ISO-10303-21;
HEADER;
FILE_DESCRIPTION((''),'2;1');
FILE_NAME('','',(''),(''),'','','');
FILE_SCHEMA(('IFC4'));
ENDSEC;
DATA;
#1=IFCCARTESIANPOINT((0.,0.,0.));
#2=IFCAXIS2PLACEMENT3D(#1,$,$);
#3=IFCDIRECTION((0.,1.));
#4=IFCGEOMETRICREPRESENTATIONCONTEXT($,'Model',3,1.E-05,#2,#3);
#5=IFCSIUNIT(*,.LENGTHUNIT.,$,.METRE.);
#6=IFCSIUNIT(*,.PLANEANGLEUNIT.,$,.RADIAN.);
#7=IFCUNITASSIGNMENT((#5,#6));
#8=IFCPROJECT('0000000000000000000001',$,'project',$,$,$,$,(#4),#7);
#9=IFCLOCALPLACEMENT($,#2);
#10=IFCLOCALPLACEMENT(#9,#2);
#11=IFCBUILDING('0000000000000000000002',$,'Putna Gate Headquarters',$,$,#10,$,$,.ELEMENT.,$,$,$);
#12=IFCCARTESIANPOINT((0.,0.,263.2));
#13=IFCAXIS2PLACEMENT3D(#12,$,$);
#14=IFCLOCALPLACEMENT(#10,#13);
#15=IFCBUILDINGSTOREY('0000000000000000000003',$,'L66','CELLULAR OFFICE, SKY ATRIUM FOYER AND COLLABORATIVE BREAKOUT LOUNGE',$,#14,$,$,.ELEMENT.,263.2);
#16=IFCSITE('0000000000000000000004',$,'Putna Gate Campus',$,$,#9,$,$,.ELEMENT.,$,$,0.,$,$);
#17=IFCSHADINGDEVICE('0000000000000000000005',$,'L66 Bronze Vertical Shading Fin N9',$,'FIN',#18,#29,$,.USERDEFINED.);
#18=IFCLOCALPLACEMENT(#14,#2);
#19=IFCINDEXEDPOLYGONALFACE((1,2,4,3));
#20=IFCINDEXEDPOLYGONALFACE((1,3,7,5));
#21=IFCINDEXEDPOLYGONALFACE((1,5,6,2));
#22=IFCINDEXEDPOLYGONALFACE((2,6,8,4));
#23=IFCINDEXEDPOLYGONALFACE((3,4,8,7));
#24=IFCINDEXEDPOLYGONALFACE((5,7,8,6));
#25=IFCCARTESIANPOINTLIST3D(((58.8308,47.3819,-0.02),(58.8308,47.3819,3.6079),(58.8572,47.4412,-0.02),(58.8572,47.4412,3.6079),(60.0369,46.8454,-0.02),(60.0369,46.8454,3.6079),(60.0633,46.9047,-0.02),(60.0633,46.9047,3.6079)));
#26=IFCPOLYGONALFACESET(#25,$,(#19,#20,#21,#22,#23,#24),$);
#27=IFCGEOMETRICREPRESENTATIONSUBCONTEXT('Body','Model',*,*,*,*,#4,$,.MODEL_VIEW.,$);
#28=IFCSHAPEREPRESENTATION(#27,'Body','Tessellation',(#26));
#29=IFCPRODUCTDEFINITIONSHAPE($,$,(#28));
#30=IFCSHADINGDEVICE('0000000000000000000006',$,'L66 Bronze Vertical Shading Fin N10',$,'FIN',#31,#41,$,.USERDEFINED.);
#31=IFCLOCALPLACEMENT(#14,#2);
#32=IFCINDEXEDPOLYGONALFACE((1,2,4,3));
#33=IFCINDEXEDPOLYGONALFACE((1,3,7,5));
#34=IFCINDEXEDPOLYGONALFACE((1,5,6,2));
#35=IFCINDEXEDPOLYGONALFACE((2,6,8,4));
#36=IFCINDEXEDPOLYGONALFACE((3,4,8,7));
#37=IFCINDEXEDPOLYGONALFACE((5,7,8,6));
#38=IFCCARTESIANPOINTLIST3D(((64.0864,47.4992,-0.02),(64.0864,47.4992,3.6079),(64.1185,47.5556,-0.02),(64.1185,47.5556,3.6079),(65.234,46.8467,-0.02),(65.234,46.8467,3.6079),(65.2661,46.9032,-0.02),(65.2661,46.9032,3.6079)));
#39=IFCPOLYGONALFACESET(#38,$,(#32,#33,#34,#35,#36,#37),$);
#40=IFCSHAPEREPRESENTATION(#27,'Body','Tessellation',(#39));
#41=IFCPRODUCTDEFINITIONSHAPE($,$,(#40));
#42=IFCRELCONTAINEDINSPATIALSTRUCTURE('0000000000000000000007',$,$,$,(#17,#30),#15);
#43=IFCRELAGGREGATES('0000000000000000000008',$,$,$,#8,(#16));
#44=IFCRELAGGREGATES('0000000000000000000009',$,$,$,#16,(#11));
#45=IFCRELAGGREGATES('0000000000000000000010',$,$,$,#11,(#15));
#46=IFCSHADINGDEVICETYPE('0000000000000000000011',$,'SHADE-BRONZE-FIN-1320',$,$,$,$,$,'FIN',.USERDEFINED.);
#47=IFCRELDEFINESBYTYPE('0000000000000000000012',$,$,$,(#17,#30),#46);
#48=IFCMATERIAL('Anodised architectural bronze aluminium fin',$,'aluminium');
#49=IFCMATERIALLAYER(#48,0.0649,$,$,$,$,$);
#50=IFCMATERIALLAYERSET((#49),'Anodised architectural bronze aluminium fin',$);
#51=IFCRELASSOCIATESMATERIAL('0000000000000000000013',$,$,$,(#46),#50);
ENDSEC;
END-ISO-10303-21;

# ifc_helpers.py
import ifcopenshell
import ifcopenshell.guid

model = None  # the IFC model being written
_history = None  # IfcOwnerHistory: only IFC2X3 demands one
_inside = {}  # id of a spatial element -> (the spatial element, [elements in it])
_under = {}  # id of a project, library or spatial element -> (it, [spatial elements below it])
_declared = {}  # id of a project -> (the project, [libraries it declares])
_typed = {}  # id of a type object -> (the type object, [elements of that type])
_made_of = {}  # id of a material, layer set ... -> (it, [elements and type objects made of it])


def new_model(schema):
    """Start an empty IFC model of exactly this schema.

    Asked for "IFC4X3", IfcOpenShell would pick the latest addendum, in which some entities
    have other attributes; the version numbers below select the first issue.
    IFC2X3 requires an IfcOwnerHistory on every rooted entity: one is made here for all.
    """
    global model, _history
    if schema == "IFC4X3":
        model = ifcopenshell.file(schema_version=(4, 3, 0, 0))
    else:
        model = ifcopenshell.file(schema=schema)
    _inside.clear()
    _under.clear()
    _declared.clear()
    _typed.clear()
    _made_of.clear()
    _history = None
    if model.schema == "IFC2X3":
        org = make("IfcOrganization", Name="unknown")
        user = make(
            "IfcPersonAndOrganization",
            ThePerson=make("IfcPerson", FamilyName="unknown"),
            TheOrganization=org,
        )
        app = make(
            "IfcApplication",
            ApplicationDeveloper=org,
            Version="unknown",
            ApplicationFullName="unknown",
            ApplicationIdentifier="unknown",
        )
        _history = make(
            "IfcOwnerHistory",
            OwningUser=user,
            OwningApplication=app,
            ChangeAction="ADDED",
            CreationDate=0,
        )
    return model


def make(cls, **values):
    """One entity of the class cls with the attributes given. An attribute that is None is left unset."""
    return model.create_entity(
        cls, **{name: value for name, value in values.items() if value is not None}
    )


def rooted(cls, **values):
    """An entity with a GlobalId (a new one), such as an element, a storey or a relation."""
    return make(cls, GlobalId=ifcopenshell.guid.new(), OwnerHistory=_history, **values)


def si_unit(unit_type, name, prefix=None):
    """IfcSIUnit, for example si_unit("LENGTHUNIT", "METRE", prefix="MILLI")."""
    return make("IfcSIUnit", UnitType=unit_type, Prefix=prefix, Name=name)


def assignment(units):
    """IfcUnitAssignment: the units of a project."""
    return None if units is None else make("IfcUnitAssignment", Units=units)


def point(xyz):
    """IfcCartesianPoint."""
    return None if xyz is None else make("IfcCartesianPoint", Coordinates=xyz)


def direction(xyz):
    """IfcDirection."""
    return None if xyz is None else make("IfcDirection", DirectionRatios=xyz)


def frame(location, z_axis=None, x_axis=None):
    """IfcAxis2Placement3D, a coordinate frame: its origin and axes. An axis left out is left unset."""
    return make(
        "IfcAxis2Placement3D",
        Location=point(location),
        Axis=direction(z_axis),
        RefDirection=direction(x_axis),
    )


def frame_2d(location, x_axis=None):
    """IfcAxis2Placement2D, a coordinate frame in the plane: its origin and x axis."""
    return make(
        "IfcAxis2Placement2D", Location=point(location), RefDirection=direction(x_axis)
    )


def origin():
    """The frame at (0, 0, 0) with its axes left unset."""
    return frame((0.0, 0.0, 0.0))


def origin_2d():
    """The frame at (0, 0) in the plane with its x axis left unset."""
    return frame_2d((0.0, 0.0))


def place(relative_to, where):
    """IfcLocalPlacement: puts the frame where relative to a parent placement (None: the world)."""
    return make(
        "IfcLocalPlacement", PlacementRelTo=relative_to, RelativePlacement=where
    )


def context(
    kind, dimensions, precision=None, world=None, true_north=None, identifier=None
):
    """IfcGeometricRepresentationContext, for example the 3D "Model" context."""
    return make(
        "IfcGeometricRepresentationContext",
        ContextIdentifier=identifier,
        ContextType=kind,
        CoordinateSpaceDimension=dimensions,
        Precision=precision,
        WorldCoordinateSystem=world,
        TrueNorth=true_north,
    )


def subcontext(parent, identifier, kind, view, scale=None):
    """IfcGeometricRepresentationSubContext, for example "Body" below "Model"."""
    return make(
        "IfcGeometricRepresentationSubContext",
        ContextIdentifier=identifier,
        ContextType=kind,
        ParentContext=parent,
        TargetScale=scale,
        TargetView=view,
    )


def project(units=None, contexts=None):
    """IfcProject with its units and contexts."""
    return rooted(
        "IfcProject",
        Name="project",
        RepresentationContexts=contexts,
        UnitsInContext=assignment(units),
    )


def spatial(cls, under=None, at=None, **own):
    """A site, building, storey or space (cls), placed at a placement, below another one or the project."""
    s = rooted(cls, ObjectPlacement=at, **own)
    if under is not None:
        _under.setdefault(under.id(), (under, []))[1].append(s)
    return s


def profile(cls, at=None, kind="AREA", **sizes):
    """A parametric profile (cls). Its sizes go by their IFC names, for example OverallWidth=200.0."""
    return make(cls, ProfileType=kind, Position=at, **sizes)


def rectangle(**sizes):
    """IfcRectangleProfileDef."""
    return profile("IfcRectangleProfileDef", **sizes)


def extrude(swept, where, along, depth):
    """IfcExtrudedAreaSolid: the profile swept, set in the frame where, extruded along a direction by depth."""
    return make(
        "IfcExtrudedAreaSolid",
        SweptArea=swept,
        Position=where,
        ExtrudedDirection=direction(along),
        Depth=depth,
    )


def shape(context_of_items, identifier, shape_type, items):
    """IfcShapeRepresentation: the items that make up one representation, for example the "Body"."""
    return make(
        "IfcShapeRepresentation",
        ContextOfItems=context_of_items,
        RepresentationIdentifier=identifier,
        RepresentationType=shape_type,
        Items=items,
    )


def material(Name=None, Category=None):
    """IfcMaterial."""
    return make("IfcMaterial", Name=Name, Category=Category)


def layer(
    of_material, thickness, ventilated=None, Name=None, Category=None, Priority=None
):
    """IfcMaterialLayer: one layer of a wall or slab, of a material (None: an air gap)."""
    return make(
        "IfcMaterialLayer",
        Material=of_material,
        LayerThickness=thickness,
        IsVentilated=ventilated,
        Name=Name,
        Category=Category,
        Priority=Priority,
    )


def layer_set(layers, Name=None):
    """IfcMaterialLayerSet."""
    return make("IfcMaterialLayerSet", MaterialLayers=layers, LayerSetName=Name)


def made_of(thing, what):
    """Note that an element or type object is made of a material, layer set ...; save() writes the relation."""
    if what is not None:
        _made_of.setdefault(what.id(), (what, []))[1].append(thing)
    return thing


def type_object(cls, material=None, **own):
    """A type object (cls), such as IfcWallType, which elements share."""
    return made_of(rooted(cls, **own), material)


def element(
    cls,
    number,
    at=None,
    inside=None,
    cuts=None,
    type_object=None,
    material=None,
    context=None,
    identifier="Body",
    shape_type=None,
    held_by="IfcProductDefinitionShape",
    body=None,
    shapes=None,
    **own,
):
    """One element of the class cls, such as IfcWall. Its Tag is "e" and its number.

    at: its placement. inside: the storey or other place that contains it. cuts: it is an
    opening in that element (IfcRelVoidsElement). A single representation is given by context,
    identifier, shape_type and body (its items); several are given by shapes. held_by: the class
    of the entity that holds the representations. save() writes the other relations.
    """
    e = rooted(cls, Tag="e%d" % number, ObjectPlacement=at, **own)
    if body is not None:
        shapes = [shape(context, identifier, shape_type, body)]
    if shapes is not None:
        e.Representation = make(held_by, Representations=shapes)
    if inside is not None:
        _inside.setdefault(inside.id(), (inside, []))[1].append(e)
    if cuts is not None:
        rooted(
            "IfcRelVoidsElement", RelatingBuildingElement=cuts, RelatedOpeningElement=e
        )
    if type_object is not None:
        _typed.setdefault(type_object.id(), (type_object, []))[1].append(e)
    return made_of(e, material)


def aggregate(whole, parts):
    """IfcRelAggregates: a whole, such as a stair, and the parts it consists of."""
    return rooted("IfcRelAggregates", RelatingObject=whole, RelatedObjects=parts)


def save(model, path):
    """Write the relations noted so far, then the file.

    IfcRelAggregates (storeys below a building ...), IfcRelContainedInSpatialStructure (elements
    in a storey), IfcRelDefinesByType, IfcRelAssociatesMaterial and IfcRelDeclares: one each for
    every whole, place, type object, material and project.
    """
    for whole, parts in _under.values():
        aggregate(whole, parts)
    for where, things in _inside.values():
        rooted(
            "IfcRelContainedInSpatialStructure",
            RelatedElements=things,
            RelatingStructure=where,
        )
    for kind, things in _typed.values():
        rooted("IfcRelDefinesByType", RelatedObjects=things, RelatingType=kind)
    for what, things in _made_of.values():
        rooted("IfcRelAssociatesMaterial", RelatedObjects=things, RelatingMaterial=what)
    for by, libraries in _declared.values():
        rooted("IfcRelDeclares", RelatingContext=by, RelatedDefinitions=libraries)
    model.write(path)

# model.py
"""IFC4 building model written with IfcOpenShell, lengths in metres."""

from ifc_helpers import new_model, si_unit, direction, frame, origin, origin_2d, place, context, subcontext, project, spatial, rectangle, extrude, material, layer, layer_set, type_object, element, save


model = new_model("IFC4")

# Units and contexts
model_context = context("Model", 3, precision=1e-05, world=origin(), true_north=direction((0.0, 1.0)))
body_context = subcontext(model_context, "Body", "Model", "MODEL_VIEW")
ifc_project = project(units=[si_unit("LENGTHUNIT", "METRE"), si_unit("PLANEANGLEUNIT", "RADIAN")], contexts=[model_context])

# Site, building, storey
site_placement = place(None, origin())
site = spatial("IfcSite", under=ifc_project, at=site_placement, Name="Putna Gate Campus", CompositionType="ELEMENT", RefElevation=0.0)
building_placement = place(site_placement, origin())
building = spatial("IfcBuilding", under=site, at=building_placement, Name="Putna Gate Headquarters", CompositionType="ELEMENT")
storey_placement = place(building_placement, frame((0.0, 0.0, 263.2)))
storey = spatial("IfcBuildingStorey", under=building, at=storey_placement, Name="L66", Description="CELLULAR OFFICE, SKY ATRIUM FOYER AND COLLABORATIVE BREAKOUT LOUNGE", CompositionType="ELEMENT", Elevation=263.2)

# Shading devices
ifc_material_1 = material(Name="Anodised architectural bronze aluminium fin", Category="aluminium")
ifc_layer_1 = layer(ifc_material_1, 0.0649)
ifc_layer_set_1 = layer_set([ifc_layer_1], Name="Anodised architectural bronze aluminium fin")
shading_device_type = type_object("IfcShadingDeviceType", Name="SHADE-BRONZE-FIN-1320", ElementType="FIN", PredefinedType="USERDEFINED", material=ifc_layer_set_1)
for number, where, z_axis, x_axis, name in (
    (1, (59.447, 47.1433, -0.02), (0.0, 0.0, 1.0), (-0.913687, 0.406418, 0.0), "L66 Bronze Vertical Shading Fin N9"),
    (2, (64.6763, 47.2012, -0.02), (0.0, 0.0, 1.0), (-0.869322, 0.494245, 0.0), "L66 Bronze Vertical Shading Fin N10"),
):
    element("IfcShadingDevice", number, at=place(storey_placement, frame(where, z_axis=z_axis, x_axis=x_axis)), inside=storey, type_object=shading_device_type, Name=name, ObjectType="FIN", PredefinedType="USERDEFINED", context=body_context, shape_type="SweptSolid", body=[
        extrude(rectangle(XDim=1.3201, YDim=0.0649, at=origin_2d()), origin(), (0.0, 0.0, 1.0), 3.6279),
    ])

save(model, "model.ifc")
